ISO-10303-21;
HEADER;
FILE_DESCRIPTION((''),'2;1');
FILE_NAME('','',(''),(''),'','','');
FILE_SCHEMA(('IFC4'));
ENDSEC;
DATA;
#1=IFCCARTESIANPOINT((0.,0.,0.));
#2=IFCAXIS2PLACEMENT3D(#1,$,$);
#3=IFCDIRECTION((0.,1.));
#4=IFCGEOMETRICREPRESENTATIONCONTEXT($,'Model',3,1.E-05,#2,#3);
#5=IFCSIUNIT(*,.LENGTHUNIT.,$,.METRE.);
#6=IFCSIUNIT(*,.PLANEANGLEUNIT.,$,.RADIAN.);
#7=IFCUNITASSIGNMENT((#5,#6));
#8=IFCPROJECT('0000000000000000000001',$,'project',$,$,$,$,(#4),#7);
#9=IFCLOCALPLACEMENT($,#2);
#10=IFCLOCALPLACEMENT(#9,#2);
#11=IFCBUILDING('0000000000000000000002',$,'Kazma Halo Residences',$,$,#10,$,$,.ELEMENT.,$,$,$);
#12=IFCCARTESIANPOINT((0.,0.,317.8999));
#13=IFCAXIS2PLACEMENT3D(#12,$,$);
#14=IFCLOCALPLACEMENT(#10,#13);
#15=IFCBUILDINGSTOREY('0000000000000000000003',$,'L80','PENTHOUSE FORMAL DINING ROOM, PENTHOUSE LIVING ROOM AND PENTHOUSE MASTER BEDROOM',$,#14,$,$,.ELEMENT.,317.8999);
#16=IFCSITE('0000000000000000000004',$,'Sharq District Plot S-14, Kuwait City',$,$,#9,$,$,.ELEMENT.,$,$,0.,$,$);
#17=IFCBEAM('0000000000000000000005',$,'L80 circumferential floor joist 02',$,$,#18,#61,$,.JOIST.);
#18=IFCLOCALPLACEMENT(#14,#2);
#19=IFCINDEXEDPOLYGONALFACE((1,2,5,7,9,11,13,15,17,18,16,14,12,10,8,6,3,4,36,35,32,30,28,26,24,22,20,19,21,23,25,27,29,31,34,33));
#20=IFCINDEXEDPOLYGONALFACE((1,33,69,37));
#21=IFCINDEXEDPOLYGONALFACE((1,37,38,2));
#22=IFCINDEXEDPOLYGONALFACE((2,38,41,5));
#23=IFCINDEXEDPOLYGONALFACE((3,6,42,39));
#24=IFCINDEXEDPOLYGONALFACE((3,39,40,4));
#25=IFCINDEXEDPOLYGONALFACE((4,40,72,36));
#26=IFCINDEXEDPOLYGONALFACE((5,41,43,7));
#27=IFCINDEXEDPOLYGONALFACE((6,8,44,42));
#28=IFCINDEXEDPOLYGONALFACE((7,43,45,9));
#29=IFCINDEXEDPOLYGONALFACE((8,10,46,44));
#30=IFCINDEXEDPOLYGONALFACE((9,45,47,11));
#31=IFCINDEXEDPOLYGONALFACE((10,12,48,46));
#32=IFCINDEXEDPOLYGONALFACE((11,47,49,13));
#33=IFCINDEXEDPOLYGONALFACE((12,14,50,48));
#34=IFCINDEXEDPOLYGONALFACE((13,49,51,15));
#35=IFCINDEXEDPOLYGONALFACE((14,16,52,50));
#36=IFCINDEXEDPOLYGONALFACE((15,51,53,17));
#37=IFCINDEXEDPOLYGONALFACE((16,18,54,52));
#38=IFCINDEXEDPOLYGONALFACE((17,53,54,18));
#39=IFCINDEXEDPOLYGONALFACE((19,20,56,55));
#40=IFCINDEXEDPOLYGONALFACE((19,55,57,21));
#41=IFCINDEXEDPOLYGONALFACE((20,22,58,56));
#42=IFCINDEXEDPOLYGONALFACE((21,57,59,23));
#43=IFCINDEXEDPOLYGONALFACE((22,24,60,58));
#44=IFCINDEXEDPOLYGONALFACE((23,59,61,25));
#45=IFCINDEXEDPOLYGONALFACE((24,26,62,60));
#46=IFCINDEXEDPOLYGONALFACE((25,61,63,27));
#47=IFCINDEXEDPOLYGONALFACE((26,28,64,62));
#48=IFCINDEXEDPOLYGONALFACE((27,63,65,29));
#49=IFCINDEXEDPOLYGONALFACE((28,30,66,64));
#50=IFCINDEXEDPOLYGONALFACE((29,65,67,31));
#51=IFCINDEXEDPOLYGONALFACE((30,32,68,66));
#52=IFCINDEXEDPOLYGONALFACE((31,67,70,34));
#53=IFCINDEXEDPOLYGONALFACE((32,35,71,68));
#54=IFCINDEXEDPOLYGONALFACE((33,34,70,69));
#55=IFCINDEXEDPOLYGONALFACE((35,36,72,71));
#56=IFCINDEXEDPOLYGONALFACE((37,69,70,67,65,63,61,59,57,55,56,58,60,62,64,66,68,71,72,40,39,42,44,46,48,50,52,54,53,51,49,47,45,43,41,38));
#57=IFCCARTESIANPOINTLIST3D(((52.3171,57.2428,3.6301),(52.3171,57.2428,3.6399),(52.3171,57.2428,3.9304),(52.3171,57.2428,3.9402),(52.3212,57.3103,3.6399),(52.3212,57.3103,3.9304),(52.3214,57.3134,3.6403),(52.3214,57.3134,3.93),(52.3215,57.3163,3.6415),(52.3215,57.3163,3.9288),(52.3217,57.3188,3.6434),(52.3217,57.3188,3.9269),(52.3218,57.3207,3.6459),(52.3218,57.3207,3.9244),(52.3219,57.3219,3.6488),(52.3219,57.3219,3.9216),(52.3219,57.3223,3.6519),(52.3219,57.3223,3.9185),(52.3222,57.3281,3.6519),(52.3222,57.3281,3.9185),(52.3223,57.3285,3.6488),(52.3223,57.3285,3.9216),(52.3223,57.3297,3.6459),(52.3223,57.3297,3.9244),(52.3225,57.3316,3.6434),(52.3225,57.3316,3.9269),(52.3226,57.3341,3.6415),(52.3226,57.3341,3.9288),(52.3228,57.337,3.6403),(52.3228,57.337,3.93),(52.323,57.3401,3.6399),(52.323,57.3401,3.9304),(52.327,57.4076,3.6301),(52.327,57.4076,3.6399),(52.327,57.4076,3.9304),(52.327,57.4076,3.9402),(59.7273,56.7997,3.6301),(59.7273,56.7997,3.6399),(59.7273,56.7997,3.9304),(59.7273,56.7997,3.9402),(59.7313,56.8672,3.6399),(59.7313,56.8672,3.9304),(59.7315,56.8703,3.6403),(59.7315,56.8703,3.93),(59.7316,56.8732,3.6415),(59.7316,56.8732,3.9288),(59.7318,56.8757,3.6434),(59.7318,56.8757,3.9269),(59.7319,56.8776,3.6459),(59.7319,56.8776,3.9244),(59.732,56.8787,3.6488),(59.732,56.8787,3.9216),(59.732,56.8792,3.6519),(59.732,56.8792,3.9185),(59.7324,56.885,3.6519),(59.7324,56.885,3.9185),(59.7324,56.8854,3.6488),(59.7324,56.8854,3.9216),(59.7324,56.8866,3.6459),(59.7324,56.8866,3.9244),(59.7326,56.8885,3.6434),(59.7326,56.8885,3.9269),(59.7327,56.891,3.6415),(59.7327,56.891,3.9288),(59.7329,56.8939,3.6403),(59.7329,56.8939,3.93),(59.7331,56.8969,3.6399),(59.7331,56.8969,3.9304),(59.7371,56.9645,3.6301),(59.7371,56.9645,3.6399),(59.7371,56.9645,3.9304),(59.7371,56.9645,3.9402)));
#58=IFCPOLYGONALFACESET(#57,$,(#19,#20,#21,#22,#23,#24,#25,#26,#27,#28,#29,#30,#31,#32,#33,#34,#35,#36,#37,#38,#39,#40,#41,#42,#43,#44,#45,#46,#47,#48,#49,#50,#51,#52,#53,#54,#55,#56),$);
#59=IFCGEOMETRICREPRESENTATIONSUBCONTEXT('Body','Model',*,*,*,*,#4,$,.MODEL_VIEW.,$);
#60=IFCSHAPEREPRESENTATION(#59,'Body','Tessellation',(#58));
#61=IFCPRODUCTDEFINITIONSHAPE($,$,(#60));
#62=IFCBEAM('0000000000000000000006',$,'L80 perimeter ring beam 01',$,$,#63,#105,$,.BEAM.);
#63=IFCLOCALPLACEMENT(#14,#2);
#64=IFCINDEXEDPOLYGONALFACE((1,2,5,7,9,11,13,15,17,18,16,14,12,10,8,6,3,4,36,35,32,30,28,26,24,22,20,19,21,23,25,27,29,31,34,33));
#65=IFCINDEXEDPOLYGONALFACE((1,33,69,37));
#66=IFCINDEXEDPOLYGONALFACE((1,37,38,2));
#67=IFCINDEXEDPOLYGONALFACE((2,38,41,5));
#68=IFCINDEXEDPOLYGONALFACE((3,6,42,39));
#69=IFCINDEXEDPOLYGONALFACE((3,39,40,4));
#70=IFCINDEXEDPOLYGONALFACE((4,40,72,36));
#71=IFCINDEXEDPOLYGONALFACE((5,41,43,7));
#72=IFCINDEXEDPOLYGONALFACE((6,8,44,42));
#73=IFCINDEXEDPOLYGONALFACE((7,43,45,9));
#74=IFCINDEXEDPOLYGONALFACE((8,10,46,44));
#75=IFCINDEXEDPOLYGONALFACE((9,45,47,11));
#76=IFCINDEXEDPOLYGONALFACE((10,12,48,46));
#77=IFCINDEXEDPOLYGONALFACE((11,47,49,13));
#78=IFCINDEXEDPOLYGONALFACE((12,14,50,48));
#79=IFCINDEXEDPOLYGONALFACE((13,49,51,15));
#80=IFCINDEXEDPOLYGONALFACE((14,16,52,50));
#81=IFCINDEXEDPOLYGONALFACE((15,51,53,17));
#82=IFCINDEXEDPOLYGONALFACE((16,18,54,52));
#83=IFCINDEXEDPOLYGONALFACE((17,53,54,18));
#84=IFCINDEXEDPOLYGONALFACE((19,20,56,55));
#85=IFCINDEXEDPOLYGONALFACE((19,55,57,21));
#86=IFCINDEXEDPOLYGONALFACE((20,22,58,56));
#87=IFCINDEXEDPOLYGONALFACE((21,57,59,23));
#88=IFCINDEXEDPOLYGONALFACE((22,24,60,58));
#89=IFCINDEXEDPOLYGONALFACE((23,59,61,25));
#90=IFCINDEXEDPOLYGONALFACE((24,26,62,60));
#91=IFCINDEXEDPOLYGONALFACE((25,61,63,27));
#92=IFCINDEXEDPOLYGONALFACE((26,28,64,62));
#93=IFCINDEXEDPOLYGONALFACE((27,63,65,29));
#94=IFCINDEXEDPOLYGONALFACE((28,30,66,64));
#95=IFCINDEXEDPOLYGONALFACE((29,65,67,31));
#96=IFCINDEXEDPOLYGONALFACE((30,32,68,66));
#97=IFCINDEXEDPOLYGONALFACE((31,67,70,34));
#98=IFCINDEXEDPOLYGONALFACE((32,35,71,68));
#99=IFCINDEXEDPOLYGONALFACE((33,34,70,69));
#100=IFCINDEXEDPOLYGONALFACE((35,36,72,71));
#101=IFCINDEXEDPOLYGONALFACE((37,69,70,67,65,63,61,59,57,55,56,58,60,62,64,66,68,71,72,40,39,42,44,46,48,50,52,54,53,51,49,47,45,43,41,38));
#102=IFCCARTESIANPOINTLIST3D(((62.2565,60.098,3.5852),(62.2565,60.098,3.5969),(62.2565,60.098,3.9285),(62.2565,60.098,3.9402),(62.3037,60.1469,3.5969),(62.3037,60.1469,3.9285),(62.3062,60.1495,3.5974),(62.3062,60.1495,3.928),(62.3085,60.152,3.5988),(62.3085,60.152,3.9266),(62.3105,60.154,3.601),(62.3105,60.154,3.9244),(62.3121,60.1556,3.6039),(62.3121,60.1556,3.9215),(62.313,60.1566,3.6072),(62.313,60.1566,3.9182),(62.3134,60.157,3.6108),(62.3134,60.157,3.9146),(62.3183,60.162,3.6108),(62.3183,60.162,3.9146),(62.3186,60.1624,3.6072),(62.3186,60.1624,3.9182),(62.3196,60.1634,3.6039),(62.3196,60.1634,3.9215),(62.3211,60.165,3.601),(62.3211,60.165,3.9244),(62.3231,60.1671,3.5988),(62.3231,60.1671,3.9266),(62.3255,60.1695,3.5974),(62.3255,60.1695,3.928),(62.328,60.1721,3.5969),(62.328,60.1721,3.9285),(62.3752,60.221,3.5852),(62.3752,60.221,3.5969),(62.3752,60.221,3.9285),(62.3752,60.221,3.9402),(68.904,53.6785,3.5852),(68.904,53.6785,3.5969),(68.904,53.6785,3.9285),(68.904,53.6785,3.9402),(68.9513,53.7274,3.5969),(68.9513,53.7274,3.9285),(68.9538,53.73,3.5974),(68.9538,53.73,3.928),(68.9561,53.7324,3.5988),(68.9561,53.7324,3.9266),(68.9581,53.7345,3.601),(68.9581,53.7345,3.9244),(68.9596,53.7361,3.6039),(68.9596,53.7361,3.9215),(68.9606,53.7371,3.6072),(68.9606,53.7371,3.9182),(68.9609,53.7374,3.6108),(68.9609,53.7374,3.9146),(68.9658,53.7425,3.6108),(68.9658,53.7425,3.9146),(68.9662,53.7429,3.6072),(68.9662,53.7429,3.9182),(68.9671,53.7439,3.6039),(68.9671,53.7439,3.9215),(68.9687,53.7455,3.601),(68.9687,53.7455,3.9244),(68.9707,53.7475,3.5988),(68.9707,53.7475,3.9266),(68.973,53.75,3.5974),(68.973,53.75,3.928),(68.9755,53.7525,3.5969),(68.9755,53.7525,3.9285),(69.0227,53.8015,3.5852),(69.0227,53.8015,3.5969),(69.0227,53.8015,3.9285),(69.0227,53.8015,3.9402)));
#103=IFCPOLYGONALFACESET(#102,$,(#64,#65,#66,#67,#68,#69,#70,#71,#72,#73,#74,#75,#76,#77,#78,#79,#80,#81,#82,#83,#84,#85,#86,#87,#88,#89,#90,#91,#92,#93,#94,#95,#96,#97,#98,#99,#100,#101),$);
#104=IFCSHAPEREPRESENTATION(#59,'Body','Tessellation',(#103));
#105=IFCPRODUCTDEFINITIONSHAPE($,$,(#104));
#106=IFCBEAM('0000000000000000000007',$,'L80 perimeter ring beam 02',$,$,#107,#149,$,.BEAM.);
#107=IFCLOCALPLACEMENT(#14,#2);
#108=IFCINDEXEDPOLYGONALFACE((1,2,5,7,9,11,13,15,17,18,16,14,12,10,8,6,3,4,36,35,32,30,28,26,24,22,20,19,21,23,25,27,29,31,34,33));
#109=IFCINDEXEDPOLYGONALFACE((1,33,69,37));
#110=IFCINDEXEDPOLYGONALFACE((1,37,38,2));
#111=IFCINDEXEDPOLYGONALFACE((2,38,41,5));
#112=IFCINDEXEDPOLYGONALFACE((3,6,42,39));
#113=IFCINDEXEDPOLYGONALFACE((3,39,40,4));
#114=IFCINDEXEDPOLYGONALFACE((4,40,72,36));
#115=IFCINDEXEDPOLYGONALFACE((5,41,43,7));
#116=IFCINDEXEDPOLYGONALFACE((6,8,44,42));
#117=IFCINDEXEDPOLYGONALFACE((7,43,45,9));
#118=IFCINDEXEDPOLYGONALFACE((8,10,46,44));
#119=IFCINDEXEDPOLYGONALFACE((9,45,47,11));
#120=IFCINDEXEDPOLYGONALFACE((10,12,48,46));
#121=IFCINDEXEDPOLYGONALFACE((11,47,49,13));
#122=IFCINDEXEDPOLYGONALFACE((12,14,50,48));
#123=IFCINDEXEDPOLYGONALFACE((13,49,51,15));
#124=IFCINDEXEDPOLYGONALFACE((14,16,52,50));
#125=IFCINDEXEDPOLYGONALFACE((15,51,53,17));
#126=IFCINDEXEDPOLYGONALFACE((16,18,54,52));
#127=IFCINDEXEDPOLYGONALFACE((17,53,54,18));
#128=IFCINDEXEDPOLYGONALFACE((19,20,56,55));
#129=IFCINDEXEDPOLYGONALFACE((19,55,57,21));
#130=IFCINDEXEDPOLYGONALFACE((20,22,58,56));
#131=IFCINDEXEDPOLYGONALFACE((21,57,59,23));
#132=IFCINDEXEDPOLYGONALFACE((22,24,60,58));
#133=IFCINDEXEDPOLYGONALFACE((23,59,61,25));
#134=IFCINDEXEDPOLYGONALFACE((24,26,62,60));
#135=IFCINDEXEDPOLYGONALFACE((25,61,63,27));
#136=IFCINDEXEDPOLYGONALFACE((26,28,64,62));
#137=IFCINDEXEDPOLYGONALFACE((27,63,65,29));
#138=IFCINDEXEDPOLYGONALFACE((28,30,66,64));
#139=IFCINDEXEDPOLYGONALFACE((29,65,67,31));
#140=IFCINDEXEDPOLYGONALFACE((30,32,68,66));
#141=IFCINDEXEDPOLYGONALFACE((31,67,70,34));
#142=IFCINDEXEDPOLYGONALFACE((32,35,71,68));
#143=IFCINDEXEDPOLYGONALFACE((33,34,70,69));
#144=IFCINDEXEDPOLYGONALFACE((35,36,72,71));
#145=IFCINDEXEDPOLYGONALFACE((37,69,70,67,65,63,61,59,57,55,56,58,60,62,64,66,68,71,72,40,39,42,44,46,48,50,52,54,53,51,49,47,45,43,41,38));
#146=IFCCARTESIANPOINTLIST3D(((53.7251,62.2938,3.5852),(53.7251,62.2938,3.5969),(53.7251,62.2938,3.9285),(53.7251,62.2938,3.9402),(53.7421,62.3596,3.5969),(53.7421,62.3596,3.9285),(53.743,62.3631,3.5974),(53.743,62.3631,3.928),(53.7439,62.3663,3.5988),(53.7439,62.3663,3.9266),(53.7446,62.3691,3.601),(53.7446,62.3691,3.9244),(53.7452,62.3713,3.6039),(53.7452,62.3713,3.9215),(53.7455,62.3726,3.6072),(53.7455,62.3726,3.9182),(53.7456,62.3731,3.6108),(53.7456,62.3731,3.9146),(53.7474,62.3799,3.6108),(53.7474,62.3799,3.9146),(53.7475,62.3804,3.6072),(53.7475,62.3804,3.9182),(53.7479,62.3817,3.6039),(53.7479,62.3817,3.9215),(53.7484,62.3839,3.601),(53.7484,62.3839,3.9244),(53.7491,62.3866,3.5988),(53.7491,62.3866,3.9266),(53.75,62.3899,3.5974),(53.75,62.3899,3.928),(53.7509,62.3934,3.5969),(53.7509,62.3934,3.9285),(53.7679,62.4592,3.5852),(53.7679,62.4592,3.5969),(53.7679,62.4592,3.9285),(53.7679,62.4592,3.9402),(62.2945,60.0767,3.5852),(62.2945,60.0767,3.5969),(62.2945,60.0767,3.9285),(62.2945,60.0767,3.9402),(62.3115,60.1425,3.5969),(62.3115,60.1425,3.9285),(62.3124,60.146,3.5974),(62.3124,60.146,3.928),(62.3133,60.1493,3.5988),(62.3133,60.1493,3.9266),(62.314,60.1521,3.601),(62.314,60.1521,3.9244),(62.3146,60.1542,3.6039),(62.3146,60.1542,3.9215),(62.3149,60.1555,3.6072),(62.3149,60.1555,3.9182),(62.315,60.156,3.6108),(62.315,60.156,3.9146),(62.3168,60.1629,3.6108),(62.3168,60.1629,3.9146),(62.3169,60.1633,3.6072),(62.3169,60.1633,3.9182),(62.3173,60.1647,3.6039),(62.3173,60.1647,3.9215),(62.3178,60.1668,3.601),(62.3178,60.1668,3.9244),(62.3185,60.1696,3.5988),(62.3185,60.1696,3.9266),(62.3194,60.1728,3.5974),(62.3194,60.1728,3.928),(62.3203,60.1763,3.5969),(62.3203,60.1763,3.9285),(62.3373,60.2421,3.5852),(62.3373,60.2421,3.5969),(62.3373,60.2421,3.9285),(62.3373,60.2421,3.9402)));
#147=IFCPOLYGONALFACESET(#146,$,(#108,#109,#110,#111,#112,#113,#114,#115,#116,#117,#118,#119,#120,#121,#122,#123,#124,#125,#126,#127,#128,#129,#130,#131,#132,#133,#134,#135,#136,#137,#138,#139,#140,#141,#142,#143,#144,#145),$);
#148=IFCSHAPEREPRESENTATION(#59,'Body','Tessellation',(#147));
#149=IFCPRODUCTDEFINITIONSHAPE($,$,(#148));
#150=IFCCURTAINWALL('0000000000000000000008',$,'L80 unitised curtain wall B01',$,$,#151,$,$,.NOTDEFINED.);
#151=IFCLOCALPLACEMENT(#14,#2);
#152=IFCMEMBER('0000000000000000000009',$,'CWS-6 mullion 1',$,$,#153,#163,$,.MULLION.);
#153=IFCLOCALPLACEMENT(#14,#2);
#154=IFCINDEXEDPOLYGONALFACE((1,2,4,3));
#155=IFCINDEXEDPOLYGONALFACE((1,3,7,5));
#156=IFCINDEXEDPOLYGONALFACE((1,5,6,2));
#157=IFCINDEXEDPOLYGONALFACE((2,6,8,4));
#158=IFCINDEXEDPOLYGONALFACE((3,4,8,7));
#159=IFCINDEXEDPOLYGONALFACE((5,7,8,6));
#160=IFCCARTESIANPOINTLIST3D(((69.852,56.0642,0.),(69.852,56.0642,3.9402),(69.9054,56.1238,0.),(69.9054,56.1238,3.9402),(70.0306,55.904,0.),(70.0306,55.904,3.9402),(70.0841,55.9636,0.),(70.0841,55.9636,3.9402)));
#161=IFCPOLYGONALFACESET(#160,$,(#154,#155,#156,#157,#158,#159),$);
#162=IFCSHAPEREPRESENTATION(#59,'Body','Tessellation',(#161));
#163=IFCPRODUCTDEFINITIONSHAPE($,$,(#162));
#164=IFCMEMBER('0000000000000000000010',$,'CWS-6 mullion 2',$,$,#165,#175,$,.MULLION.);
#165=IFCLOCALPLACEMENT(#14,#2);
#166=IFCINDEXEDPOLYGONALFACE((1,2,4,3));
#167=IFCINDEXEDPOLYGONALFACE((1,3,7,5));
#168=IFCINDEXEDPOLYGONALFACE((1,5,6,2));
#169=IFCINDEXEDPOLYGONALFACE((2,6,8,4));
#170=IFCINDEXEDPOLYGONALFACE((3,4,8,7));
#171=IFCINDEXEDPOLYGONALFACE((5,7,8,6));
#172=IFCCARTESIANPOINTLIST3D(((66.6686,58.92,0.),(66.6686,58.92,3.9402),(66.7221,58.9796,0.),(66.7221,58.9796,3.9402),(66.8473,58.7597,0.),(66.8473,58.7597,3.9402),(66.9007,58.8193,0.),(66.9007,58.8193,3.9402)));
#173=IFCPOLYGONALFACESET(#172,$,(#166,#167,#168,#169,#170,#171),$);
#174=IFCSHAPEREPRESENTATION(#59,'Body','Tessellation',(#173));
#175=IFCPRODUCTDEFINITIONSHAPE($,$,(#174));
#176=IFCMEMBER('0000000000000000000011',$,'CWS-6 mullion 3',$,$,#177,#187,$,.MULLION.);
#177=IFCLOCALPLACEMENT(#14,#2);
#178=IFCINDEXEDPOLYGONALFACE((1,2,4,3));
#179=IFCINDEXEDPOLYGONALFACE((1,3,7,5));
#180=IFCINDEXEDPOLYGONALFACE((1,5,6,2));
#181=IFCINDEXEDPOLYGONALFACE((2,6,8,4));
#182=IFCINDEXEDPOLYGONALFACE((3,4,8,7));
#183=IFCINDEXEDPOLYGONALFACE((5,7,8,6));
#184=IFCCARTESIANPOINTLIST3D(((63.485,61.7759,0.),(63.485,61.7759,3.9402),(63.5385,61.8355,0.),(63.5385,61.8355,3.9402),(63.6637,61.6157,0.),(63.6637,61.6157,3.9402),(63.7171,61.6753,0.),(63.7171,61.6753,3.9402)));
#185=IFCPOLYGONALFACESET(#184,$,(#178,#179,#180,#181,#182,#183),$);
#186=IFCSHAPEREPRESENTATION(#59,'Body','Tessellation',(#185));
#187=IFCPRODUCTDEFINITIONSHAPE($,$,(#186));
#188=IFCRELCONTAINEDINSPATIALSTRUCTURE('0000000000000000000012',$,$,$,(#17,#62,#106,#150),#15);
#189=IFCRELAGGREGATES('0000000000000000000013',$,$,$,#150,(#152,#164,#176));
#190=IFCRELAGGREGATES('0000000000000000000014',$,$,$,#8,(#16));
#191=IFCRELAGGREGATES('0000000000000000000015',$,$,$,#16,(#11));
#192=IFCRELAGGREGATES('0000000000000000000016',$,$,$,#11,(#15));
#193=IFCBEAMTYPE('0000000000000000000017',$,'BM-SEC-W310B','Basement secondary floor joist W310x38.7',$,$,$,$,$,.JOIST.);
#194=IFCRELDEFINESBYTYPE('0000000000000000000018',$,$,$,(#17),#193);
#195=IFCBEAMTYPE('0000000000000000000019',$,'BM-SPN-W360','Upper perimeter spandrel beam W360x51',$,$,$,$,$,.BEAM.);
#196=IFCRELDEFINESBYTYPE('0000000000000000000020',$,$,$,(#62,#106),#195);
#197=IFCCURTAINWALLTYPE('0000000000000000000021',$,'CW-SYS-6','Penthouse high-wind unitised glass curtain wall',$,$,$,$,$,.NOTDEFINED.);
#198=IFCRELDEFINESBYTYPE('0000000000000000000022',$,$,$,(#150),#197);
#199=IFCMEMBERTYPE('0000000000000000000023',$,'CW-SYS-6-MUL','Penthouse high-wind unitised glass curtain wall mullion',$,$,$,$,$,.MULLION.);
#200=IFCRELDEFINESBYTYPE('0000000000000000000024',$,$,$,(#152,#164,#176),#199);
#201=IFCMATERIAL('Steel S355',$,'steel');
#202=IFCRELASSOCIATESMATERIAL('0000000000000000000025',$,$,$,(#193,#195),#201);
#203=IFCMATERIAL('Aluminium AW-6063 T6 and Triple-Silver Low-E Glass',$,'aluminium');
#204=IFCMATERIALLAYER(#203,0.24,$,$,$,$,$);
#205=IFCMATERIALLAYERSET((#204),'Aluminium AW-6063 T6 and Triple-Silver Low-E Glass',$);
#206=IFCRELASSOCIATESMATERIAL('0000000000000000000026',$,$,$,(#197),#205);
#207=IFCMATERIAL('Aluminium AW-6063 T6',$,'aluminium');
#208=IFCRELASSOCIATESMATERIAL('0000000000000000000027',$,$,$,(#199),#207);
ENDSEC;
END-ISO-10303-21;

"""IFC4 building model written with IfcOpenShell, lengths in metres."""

from ifc_helpers import new_model, si_unit, direction, frame, origin, origin_2d, place, context, subcontext, project, spatial, rectangle, i_section, extrude, material, layer, layer_set, material_profile, profile_set, type_object, element, aggregate, save


model = new_model("IFC4")

# Units and contexts
model_context = context("Model", 3, precision=1e-05, world=origin(), true_north=direction((0.0, 1.0)))
body_context = subcontext(model_context, "Body", "Model", "MODEL_VIEW")
ifc_project = project(units=[si_unit("LENGTHUNIT", "METRE"), si_unit("PLANEANGLEUNIT", "RADIAN")], contexts=[model_context])

# Site, building, storey
site_placement = place(None, origin())
site = spatial("IfcSite", under=ifc_project, at=site_placement, Name="Sharq District Plot S-14, Kuwait City", CompositionType="ELEMENT", RefElevation=0.0)
building_placement = place(site_placement, origin())
building = spatial("IfcBuilding", under=site, at=building_placement, Name="Kazma Halo Residences", CompositionType="ELEMENT")
storey_placement = place(building_placement, frame((0.0, 0.0, 317.8999)))
storey = spatial("IfcBuildingStorey", under=building, at=storey_placement, Name="L80", Description="PENTHOUSE FORMAL DINING ROOM, PENTHOUSE LIVING ROOM AND PENTHOUSE MASTER BEDROOM", CompositionType="ELEMENT", Elevation=317.8999)

# Beams
ifc_material_1 = material(Name="Steel S355", Category="steel")
ifc_material_profile_1 = material_profile(ifc_material_1, i_section(OverallWidth=0.165, OverallDepth=0.3101, WebThickness=0.0059, FlangeThickness=0.0098, FilletRadius=0.012, at=origin_2d()), Name="W310x38.7")
ifc_profile_set_1 = profile_set([ifc_material_profile_1], Name="Steel S355")
beam_type_1 = type_object("IfcBeamType", Name="BM-SEC-W310B", Description="Basement secondary floor joist W310x38.7", PredefinedType="JOIST", material=ifc_profile_set_1)
beam_1_placement = place(storey_placement, frame((59.7322, 56.8821, 3.7852), z_axis=(-0.998217, 0.059692, 0.0), x_axis=(-0.059692, -0.998217, 0.0)))
element("IfcBeam", 1, at=beam_1_placement, inside=storey, type_object=beam_type_1, Name="L80 circumferential floor joist 02", PredefinedType="JOIST", context=body_context, shape_type="SweptSolid", body=[
    extrude(i_section(OverallWidth=0.165, OverallDepth=0.3101, WebThickness=0.0059, FlangeThickness=0.0098, FilletRadius=0.012, at=origin_2d()), origin(), (0.0, 0.0, 1.0), 7.4233),
])
ifc_material_profile_2 = material_profile(ifc_material_1, i_section(OverallWidth=0.1709, OverallDepth=0.355, WebThickness=0.0071, FlangeThickness=0.0117, FilletRadius=0.0139, at=origin_2d()), Name="W360x51")
ifc_profile_set_2 = profile_set([ifc_material_profile_2], Name="Steel S355")
beam_type_2 = type_object("IfcBeamType", Name="BM-SPN-W360", Description="Upper perimeter spandrel beam W360x51", PredefinedType="BEAM", material=ifc_profile_set_2)
beam_2_placement = place(storey_placement, frame((68.9634, 53.74, 3.7627), z_axis=(-0.719337, 0.694661, 0.0), x_axis=(-0.694661, -0.719337, 0.0)))
element("IfcBeam", 2, at=beam_2_placement, inside=storey, type_object=beam_type_2, Name="L80 perimeter ring beam 01", PredefinedType="BEAM", context=body_context, shape_type="SweptSolid", body=[
    extrude(i_section(OverallWidth=0.1709, OverallDepth=0.355, WebThickness=0.0071, FlangeThickness=0.0117, FilletRadius=0.0139, at=origin_2d()), origin(), (0.0, 0.0, 1.0), 9.2412),
])
beam_3_placement = place(storey_placement, frame((62.3159, 60.1594, 3.7627), z_axis=(-0.968124, 0.250471, 0.0), x_axis=(-0.250471, -0.968124, 0.0)))
element("IfcBeam", 3, at=beam_3_placement, inside=storey, type_object=beam_type_2, Name="L80 perimeter ring beam 02", PredefinedType="BEAM", context=body_context, shape_type="SweptSolid", body=[
    extrude(i_section(OverallWidth=0.1709, OverallDepth=0.355, WebThickness=0.0071, FlangeThickness=0.0117, FilletRadius=0.0139, at=origin_2d()), origin(), (0.0, 0.0, 1.0), 8.8516),
])

# Curtain wall, members
ifc_material_2 = material(Name="Aluminium AW-6063 T6 and Triple-Silver Low-E Glass", Category="aluminium")
ifc_layer_1 = layer(ifc_material_2, 0.24)
ifc_layer_set_1 = layer_set([ifc_layer_1], Name="Aluminium AW-6063 T6 and Triple-Silver Low-E Glass")
curtain_wall_type = type_object("IfcCurtainWallType", Name="CW-SYS-6", Description="Penthouse high-wind unitised glass curtain wall", PredefinedType="NOTDEFINED", material=ifc_layer_set_1)
curtain_wall_1_placement = place(storey_placement, origin())
curtain_wall_1 = element("IfcCurtainWall", 4, at=curtain_wall_1_placement, inside=storey, type_object=curtain_wall_type, Name="L80 unitised curtain wall B01", PredefinedType="NOTDEFINED")
ifc_material_3 = material(Name="Aluminium AW-6063 T6", Category="aluminium")
ifc_material_profile_3 = material_profile(ifc_material_3, rectangle(XDim=0.0801, YDim=0.24, at=origin_2d()), Name="CWM-80x240")
ifc_profile_set_3 = profile_set([ifc_material_profile_3], Name="Aluminium AW-6063 T6")
member_type_1 = type_object("IfcMemberType", Name="CW-SYS-6-MUL", Description="Penthouse high-wind unitised glass curtain wall mullion", PredefinedType="MULLION", material=ifc_profile_set_3)
member_1_placement = place(storey_placement, frame((69.968, 56.0139, 0.0), z_axis=(0.0, 0.0, 1.0), x_axis=(-0.667758, -0.744379, 0.0)))
member_1 = element("IfcMember", 5, at=member_1_placement, type_object=member_type_1, Name="CWS-6 mullion 1", PredefinedType="MULLION", context=body_context, shape_type="SweptSolid", body=[
    extrude(rectangle(XDim=0.0801, YDim=0.24, at=origin_2d()), origin(), (0.0, 0.0, 1.0), 3.9402),
])
member_2_placement = place(storey_placement, frame((66.7847, 58.8696, 0.0), z_axis=(0.0, 0.0, 1.0), x_axis=(-0.667758, -0.744379, 0.0)))
member_2 = element("IfcMember", 6, at=member_2_placement, type_object=member_type_1, Name="CWS-6 mullion 2", PredefinedType="MULLION", context=body_context, shape_type="SweptSolid", body=[
    extrude(rectangle(XDim=0.0801, YDim=0.24, at=origin_2d()), origin(), (0.0, 0.0, 1.0), 3.9402),
])
member_3_placement = place(storey_placement, frame((63.6011, 61.7256, 0.0), z_axis=(0.0, 0.0, 1.0), x_axis=(-0.667758, -0.744379, 0.0)))
member_3 = element("IfcMember", 7, at=member_3_placement, type_object=member_type_1, Name="CWS-6 mullion 3", PredefinedType="MULLION", context=body_context, shape_type="SweptSolid", body=[
    extrude(rectangle(XDim=0.0801, YDim=0.24, at=origin_2d()), origin(), (0.0, 0.0, 1.0), 3.9402),
])

aggregate(curtain_wall_1, [member_1, member_2, member_3])

save(model, "model.ifc")
